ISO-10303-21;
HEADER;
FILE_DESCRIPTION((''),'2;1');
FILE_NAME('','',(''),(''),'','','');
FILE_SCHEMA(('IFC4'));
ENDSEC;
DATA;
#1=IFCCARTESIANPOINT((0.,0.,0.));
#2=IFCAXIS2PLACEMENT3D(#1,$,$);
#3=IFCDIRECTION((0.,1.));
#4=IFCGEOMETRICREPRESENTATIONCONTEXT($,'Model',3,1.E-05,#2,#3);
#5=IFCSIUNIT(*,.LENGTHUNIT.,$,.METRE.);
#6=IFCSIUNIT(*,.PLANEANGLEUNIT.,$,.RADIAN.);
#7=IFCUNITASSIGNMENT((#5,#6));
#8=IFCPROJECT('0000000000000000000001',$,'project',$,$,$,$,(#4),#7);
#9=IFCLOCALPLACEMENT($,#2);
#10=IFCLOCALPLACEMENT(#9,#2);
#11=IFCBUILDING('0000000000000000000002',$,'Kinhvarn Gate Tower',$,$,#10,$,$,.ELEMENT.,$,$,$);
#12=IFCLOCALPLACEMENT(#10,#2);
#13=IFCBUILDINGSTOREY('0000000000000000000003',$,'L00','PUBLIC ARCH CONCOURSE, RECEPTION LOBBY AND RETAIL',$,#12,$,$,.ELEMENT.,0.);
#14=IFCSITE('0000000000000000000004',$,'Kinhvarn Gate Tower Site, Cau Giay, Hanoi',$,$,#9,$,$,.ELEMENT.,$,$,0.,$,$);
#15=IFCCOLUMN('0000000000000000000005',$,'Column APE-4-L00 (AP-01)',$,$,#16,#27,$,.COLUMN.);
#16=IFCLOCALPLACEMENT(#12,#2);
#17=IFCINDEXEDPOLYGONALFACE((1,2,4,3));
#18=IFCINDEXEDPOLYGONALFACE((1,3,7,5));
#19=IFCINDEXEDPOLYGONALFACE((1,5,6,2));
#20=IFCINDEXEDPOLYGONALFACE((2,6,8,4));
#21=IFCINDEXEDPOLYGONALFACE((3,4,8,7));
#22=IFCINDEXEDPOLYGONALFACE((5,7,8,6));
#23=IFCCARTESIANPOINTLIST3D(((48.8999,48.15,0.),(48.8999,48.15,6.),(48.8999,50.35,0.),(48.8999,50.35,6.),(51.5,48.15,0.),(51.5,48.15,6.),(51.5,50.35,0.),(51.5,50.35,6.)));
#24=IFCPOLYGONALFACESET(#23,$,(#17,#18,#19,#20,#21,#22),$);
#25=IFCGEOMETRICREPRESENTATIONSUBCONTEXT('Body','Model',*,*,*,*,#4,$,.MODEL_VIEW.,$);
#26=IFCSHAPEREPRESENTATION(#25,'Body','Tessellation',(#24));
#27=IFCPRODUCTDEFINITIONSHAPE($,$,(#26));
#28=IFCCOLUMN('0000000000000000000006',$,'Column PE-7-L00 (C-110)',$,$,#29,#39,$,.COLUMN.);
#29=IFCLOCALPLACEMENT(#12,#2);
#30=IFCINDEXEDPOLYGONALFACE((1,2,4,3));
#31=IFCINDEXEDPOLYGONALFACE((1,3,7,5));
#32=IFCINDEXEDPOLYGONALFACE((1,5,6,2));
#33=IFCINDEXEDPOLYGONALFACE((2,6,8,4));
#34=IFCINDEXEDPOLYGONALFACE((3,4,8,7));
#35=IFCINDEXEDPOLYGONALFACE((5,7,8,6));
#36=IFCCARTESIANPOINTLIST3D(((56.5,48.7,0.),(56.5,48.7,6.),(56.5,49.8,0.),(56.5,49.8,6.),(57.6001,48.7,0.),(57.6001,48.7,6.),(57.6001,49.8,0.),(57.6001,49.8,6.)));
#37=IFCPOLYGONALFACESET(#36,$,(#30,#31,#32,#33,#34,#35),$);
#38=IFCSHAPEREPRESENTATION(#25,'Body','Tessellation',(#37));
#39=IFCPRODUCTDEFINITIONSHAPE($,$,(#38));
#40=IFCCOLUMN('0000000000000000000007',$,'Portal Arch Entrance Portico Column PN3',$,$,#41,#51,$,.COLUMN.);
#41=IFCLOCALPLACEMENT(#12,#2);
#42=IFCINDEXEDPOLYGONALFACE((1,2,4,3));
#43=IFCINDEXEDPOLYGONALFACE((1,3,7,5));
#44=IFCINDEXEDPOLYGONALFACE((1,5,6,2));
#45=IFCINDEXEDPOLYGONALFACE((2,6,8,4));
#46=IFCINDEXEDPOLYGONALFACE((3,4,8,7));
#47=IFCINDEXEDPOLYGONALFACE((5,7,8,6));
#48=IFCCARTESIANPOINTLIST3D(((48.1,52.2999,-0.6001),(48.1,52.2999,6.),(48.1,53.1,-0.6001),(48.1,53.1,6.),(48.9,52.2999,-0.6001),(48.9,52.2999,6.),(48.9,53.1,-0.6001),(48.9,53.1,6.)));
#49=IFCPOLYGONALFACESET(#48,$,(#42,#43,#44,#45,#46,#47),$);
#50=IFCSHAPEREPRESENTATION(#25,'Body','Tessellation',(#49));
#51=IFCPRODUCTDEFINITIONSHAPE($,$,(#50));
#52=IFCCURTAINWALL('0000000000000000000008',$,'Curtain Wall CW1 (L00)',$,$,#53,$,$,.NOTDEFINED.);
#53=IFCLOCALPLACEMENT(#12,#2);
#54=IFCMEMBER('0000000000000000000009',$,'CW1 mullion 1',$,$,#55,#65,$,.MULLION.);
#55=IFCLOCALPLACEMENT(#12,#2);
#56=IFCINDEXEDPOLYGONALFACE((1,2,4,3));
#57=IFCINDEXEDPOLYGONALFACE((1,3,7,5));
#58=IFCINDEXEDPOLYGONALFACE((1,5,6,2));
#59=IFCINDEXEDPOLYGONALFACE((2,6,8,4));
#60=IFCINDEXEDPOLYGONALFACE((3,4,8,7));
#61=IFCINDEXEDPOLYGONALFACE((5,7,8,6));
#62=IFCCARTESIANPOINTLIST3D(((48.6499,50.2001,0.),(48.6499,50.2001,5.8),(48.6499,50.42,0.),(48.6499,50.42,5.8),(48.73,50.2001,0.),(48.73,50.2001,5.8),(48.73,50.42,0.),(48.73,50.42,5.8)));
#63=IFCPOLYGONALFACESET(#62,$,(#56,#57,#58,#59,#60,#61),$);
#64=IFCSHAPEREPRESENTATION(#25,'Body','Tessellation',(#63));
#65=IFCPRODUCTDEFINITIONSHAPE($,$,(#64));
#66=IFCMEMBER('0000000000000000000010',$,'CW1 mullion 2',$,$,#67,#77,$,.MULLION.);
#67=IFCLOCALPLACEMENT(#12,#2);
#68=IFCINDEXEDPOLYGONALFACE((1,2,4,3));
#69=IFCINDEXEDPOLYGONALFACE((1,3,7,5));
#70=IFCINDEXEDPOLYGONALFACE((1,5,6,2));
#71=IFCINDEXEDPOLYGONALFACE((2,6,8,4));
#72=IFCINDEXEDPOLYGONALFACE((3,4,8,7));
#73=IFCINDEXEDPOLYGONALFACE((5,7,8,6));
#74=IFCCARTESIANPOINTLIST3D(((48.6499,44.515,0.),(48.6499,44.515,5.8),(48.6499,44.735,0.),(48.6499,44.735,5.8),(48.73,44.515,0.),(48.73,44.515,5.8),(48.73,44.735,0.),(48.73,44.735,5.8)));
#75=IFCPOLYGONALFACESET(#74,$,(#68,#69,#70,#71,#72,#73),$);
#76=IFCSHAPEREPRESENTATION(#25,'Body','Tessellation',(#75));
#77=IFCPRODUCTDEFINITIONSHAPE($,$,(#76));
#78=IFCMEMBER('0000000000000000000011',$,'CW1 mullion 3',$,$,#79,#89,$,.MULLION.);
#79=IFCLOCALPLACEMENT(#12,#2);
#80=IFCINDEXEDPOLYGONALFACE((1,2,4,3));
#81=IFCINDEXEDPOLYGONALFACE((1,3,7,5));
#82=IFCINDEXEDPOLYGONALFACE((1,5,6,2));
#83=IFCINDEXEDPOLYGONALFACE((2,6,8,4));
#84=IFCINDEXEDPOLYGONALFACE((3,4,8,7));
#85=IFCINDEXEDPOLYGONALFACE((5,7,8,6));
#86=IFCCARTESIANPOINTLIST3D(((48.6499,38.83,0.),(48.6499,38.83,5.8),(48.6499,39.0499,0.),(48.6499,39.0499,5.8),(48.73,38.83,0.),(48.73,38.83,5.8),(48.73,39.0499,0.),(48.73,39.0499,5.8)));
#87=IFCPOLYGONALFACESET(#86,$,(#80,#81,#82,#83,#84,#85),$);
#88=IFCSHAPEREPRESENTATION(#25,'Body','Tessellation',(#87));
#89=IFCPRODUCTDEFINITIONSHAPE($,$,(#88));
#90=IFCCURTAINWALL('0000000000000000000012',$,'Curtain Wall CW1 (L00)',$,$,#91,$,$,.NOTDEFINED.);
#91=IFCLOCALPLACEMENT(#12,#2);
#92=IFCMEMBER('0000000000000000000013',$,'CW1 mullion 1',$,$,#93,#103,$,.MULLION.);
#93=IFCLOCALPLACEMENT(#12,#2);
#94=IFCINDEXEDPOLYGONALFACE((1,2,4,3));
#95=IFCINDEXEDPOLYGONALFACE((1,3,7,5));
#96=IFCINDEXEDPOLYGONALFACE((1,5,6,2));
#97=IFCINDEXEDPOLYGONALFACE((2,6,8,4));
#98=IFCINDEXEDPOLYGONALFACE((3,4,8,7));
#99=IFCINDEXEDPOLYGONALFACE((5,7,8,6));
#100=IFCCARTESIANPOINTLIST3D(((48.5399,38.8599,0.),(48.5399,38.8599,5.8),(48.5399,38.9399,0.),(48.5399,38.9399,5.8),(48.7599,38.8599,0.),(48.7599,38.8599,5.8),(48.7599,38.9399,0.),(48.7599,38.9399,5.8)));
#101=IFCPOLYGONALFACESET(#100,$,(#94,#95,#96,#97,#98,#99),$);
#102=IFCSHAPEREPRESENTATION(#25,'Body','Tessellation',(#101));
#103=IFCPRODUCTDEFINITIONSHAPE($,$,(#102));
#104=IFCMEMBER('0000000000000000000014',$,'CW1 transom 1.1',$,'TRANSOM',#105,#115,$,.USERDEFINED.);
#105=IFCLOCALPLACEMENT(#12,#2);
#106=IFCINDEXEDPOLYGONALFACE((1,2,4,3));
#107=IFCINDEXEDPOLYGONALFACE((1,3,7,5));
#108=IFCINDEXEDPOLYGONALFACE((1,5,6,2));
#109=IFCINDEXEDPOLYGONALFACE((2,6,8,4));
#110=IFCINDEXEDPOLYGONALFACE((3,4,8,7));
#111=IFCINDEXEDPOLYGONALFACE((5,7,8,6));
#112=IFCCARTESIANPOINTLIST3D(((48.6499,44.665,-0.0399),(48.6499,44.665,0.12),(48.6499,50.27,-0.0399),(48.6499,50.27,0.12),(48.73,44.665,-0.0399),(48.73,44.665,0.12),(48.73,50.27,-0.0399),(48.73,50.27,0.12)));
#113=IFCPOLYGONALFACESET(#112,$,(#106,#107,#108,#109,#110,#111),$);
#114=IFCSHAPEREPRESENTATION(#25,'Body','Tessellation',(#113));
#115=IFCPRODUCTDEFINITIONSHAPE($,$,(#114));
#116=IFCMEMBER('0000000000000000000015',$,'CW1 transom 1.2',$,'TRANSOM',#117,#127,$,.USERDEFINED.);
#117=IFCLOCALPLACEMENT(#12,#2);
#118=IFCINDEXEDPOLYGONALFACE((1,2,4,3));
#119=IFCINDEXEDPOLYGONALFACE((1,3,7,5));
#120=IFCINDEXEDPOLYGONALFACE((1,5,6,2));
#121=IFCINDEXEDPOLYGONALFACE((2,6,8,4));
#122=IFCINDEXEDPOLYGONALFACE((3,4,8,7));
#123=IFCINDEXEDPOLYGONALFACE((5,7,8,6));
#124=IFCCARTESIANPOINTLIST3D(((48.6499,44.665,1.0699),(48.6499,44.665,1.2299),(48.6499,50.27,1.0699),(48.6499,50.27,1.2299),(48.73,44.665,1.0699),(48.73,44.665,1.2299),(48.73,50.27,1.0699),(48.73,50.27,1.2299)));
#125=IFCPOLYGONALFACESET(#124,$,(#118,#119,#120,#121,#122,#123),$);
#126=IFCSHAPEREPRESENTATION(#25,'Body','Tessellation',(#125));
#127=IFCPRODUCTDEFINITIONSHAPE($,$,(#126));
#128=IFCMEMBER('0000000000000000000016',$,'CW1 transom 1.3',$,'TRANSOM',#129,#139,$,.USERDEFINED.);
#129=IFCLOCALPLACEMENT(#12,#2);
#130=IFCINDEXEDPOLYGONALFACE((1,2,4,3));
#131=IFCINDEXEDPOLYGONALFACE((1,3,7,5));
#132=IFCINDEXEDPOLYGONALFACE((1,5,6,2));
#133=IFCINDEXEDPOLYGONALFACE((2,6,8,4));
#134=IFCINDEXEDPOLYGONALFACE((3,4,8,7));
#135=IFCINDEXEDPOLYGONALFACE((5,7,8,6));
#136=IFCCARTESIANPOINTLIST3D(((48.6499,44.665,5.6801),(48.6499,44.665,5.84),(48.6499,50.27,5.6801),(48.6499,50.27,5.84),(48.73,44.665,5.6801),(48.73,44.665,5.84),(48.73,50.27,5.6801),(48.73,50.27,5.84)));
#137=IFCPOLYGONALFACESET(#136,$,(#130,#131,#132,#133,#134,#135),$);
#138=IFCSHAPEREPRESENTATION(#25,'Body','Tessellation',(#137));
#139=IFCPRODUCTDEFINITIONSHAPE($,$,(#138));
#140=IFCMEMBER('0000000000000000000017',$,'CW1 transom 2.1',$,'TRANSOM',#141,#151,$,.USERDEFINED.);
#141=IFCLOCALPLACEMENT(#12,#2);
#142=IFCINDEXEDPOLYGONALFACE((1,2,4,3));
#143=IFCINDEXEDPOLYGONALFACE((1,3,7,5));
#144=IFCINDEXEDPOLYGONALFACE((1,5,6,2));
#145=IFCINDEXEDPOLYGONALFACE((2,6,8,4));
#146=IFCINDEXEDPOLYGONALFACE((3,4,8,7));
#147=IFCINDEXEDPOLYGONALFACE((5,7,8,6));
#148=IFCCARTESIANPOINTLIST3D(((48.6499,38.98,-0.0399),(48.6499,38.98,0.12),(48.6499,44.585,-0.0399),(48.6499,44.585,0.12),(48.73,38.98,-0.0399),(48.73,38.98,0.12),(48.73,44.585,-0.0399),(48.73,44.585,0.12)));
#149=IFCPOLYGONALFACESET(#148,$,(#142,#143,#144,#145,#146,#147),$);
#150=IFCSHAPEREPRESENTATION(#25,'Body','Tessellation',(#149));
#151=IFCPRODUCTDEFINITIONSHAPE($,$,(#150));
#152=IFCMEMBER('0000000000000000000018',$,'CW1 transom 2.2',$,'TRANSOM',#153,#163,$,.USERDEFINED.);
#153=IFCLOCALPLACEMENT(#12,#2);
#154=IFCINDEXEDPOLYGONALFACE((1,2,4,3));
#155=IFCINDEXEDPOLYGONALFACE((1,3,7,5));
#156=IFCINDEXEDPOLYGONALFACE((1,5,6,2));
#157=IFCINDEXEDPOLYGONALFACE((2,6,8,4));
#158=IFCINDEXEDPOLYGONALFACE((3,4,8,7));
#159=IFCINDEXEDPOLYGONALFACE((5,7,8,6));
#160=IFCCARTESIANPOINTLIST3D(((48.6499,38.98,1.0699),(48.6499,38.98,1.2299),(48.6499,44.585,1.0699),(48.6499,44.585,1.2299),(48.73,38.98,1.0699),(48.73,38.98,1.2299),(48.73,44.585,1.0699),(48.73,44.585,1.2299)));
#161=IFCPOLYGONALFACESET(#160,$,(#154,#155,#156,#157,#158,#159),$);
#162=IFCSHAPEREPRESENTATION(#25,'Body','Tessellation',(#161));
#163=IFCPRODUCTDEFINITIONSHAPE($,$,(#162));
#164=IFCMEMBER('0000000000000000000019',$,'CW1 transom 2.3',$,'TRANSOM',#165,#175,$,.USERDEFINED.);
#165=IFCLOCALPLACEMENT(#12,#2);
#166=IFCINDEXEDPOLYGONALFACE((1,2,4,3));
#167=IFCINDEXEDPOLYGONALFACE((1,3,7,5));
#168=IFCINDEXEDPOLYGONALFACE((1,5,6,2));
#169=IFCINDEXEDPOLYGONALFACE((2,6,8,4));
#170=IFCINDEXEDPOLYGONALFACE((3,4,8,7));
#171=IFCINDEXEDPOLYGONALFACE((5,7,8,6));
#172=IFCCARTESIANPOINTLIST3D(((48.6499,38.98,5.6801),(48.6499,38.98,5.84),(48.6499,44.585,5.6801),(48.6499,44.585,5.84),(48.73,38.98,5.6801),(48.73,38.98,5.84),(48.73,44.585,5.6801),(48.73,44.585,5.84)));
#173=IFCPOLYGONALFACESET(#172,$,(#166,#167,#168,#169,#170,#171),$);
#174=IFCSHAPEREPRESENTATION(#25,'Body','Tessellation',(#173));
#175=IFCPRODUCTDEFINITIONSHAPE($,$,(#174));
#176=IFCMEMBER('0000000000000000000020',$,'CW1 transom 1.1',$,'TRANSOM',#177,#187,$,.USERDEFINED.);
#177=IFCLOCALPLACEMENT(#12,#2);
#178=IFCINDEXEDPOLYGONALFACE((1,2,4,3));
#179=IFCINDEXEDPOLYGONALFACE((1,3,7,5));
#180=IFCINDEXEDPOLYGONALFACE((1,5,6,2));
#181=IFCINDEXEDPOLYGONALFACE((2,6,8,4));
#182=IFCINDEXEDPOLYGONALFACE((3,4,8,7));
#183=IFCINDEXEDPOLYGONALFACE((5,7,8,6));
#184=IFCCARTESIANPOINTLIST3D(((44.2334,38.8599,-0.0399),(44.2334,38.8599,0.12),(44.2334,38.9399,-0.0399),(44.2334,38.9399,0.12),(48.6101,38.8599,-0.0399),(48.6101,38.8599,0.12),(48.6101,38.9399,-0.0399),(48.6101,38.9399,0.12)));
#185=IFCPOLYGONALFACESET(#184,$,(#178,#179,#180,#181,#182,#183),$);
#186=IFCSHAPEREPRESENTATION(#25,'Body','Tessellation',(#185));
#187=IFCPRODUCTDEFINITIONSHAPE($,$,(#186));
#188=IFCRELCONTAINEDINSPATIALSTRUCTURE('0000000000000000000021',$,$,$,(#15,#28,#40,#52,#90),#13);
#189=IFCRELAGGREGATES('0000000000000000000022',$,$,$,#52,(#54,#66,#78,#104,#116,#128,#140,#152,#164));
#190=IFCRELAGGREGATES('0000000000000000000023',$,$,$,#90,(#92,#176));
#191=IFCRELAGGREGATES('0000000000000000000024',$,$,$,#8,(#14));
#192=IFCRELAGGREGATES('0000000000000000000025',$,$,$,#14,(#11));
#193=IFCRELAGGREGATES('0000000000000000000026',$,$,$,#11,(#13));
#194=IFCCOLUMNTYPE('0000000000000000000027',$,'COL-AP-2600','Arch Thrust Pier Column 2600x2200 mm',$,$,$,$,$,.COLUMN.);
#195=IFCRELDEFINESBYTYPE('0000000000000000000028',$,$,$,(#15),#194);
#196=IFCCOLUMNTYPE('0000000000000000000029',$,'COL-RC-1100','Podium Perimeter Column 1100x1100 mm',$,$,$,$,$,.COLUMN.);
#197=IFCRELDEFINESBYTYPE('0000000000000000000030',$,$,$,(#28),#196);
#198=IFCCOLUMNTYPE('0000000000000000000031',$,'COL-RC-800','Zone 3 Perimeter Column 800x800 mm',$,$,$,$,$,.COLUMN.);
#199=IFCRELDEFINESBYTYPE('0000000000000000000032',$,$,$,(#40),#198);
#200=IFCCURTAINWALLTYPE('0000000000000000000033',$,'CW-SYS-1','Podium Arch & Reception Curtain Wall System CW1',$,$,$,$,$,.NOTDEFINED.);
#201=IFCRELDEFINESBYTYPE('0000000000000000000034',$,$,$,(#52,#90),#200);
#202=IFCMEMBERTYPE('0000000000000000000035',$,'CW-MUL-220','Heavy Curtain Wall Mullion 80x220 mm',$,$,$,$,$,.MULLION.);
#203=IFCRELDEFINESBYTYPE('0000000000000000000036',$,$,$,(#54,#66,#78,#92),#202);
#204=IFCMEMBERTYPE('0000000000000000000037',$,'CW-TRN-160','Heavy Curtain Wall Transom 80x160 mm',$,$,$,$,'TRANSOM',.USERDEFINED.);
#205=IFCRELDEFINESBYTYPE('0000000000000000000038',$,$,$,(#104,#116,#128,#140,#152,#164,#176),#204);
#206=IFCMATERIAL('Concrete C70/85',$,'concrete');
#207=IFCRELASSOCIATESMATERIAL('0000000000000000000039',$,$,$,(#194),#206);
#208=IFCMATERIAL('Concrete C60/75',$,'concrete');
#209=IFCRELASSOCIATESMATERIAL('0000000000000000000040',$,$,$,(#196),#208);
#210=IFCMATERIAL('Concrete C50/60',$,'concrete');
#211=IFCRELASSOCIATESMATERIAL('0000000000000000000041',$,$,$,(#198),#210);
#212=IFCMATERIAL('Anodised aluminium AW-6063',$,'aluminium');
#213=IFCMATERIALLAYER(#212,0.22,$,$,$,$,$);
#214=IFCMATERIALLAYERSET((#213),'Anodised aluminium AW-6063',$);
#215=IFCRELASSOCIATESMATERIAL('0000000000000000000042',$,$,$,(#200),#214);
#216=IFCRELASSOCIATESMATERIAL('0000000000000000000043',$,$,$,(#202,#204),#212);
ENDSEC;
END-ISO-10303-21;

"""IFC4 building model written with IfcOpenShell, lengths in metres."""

from ifc_helpers import new_model, si_unit, direction, frame, origin, origin_2d, place, context, subcontext, project, spatial, rectangle, extrude, material, layer, layer_set, material_profile, profile_set, type_object, element, aggregate, save


model = new_model("IFC4")

# Units and contexts
model_context = context("Model", 3, precision=1e-05, world=origin(), true_north=direction((0.0, 1.0)))
body_context = subcontext(model_context, "Body", "Model", "MODEL_VIEW")
ifc_project = project(units=[si_unit("LENGTHUNIT", "METRE"), si_unit("PLANEANGLEUNIT", "RADIAN")], contexts=[model_context])

# Site, building, storey
site_placement = place(None, origin())
site = spatial("IfcSite", under=ifc_project, at=site_placement, Name="Kinhvarn Gate Tower Site, Cau Giay, Hanoi", CompositionType="ELEMENT", RefElevation=0.0)
building_placement = place(site_placement, origin())
building = spatial("IfcBuilding", under=site, at=building_placement, Name="Kinhvarn Gate Tower", CompositionType="ELEMENT")
storey_placement = place(building_placement, origin())
storey = spatial("IfcBuildingStorey", under=building, at=storey_placement, Name="L00", Description="PUBLIC ARCH CONCOURSE, RECEPTION LOBBY AND RETAIL", CompositionType="ELEMENT", Elevation=0.0)

# Columns
ifc_material_1 = material(Name="Concrete C70/85", Category="concrete")
ifc_material_profile_1 = material_profile(ifc_material_1, rectangle(XDim=2.6001, YDim=2.2, at=origin_2d()), Name="RC 2600x2200")
ifc_profile_set_1 = profile_set([ifc_material_profile_1], Name="Concrete C70/85")
column_type_1 = type_object("IfcColumnType", Name="COL-AP-2600", Description="Arch Thrust Pier Column 2600x2200 mm", PredefinedType="COLUMN", material=ifc_profile_set_1)
column_1_placement = place(storey_placement, frame((50.2, 49.25, 0.0), z_axis=(0.0, 0.0, 1.0), x_axis=(1.0, 0.0, 0.0)))
element("IfcColumn", 1, at=column_1_placement, inside=storey, type_object=column_type_1, Name="Column APE-4-L00 (AP-01)", PredefinedType="COLUMN", context=body_context, shape_type="SweptSolid", body=[
    extrude(rectangle(XDim=2.6001, YDim=2.2, at=origin_2d()), origin(), (0.0, 0.0, 1.0), 6.0),
])
ifc_material_2 = material(Name="Concrete C60/75", Category="concrete")
ifc_material_profile_2 = material_profile(ifc_material_2, rectangle(XDim=1.1001, YDim=1.1001, at=origin_2d()), Name="RC 1100x1100")
ifc_profile_set_2 = profile_set([ifc_material_profile_2], Name="Concrete C60/75")
column_type_2 = type_object("IfcColumnType", Name="COL-RC-1100", Description="Podium Perimeter Column 1100x1100 mm", PredefinedType="COLUMN", material=ifc_profile_set_2)
column_2_placement = place(storey_placement, frame((57.05, 49.25, 0.0), z_axis=(0.0, 0.0, 1.0), x_axis=(1.0, 0.0, 0.0)))
element("IfcColumn", 2, at=column_2_placement, inside=storey, type_object=column_type_2, Name="Column PE-7-L00 (C-110)", PredefinedType="COLUMN", context=body_context, shape_type="SweptSolid", body=[
    extrude(rectangle(XDim=1.1001, YDim=1.1001, at=origin_2d()), origin(), (0.0, 0.0, 1.0), 6.0),
])
ifc_material_3 = material(Name="Concrete C50/60", Category="concrete")
ifc_material_profile_3 = material_profile(ifc_material_3, rectangle(XDim=0.8, YDim=0.8, at=origin_2d()), Name="RC 800x800")
ifc_profile_set_3 = profile_set([ifc_material_profile_3], Name="Concrete C50/60")
column_type_3 = type_object("IfcColumnType", Name="COL-RC-800", Description="Zone 3 Perimeter Column 800x800 mm", PredefinedType="COLUMN", material=ifc_profile_set_3)
column_3_placement = place(storey_placement, frame((48.5, 52.7, -0.6001), z_axis=(0.0, 0.0, 1.0), x_axis=(1.0, 0.0, 0.0)))
element("IfcColumn", 3, at=column_3_placement, inside=storey, type_object=column_type_3, Name="Portal Arch Entrance Portico Column PN3", PredefinedType="COLUMN", context=body_context, shape_type="SweptSolid", body=[
    extrude(rectangle(XDim=0.8, YDim=0.8, at=origin_2d()), origin(), (0.0, 0.0, 1.0), 6.6001),
])

# Curtain wall, members
ifc_material_4 = material(Name="Anodised aluminium AW-6063", Category="aluminium")
ifc_layer_1 = layer(ifc_material_4, 0.22)
ifc_layer_set_1 = layer_set([ifc_layer_1], Name="Anodised aluminium AW-6063")
curtain_wall_type = type_object("IfcCurtainWallType", Name="CW-SYS-1", Description="Podium Arch & Reception Curtain Wall System CW1", PredefinedType="NOTDEFINED", material=ifc_layer_set_1)
curtain_wall_1_placement = place(storey_placement, origin())
curtain_wall_1 = element("IfcCurtainWall", 4, at=curtain_wall_1_placement, inside=storey, type_object=curtain_wall_type, Name="Curtain Wall CW1 (L00)", PredefinedType="NOTDEFINED")
ifc_material_profile_4 = material_profile(ifc_material_4, rectangle(XDim=0.0801, YDim=0.22, at=origin_2d()), Name="ALU 80x220")
ifc_profile_set_4 = profile_set([ifc_material_profile_4], Name="Anodised aluminium AW-6063")
member_type_1 = type_object("IfcMemberType", Name="CW-MUL-220", Description="Heavy Curtain Wall Mullion 80x220 mm", PredefinedType="MULLION", material=ifc_profile_set_4)
member_1_placement = place(storey_placement, frame((48.6899, 50.3101, 0.0), z_axis=(0.0, 0.0, 1.0), x_axis=(1.0, 0.0, 0.0)))
member_1 = element("IfcMember", 5, at=member_1_placement, type_object=member_type_1, Name="CW1 mullion 1", PredefinedType="MULLION", context=body_context, shape_type="SweptSolid", body=[
    extrude(rectangle(XDim=0.0801, YDim=0.22, at=origin_2d()), origin(), (0.0, 0.0, 1.0), 5.8),
])
member_2_placement = place(storey_placement, frame((48.6899, 44.625, 0.0), z_axis=(0.0, 0.0, 1.0), x_axis=(1.0, 0.0, 0.0)))
member_2 = element("IfcMember", 6, at=member_2_placement, type_object=member_type_1, Name="CW1 mullion 2", PredefinedType="MULLION", context=body_context, shape_type="SweptSolid", body=[
    extrude(rectangle(XDim=0.0801, YDim=0.22, at=origin_2d()), origin(), (0.0, 0.0, 1.0), 5.8),
])
member_3_placement = place(storey_placement, frame((48.6899, 38.9399, 0.0), z_axis=(0.0, 0.0, 1.0), x_axis=(1.0, 0.0, 0.0)))
member_3 = element("IfcMember", 7, at=member_3_placement, type_object=member_type_1, Name="CW1 mullion 3", PredefinedType="MULLION", context=body_context, shape_type="SweptSolid", body=[
    extrude(rectangle(XDim=0.0801, YDim=0.22, at=origin_2d()), origin(), (0.0, 0.0, 1.0), 5.8),
])

# Curtain wall, member
curtain_wall_2_placement = place(storey_placement, origin())
curtain_wall_2 = element("IfcCurtainWall", 8, at=curtain_wall_2_placement, inside=storey, type_object=curtain_wall_type, Name="Curtain Wall CW1 (L00)", PredefinedType="NOTDEFINED")
member_4_placement = place(storey_placement, frame((48.6499, 38.8999, 0.0), z_axis=(0.0, 0.0, 1.0), x_axis=(0.0, -1.0, 0.0)))
member_4 = element("IfcMember", 9, at=member_4_placement, type_object=member_type_1, Name="CW1 mullion 1", PredefinedType="MULLION", context=body_context, shape_type="SweptSolid", body=[
    extrude(rectangle(XDim=0.0801, YDim=0.22, at=origin_2d()), origin(), (0.0, 0.0, 1.0), 5.8),
])

# Members
ifc_material_profile_5 = material_profile(ifc_material_4, rectangle(XDim=0.0801, YDim=0.1599, at=origin_2d()), Name="ALU 80x160")
ifc_profile_set_5 = profile_set([ifc_material_profile_5], Name="Anodised aluminium AW-6063")
member_type_2 = type_object("IfcMemberType", Name="CW-TRN-160", Description="Heavy Curtain Wall Transom 80x160 mm", ElementType="TRANSOM", PredefinedType="USERDEFINED", material=ifc_profile_set_5)
member_5_placement = place(storey_placement, frame((48.6899, 50.27, 0.04), z_axis=(0.0, -1.0, 0.0), x_axis=(1.0, 0.0, 0.0)))
member_5 = element("IfcMember", 10, at=member_5_placement, type_object=member_type_2, Name="CW1 transom 1.1", ObjectType="TRANSOM", PredefinedType="USERDEFINED", context=body_context, shape_type="SweptSolid", body=[
    extrude(rectangle(XDim=0.0801, YDim=0.1599, at=origin_2d()), origin(), (0.0, 0.0, 1.0), 5.605),
])
member_6_placement = place(storey_placement, frame((48.6899, 50.27, 1.1499), z_axis=(0.0, -1.0, 0.0), x_axis=(1.0, 0.0, 0.0)))
member_6 = element("IfcMember", 11, at=member_6_placement, type_object=member_type_2, Name="CW1 transom 1.2", ObjectType="TRANSOM", PredefinedType="USERDEFINED", context=body_context, shape_type="SweptSolid", body=[
    extrude(rectangle(XDim=0.0801, YDim=0.1599, at=origin_2d()), origin(), (0.0, 0.0, 1.0), 5.605),
])
member_7_placement = place(storey_placement, frame((48.6899, 50.27, 5.76), z_axis=(0.0, -1.0, 0.0), x_axis=(1.0, 0.0, 0.0)))
member_7 = element("IfcMember", 12, at=member_7_placement, type_object=member_type_2, Name="CW1 transom 1.3", ObjectType="TRANSOM", PredefinedType="USERDEFINED", context=body_context, shape_type="SweptSolid", body=[
    extrude(rectangle(XDim=0.0801, YDim=0.1599, at=origin_2d()), origin(), (0.0, 0.0, 1.0), 5.605),
])
member_8_placement = place(storey_placement, frame((48.6899, 44.585, 0.04), z_axis=(0.0, -1.0, 0.0), x_axis=(1.0, 0.0, 0.0)))
member_8 = element("IfcMember", 13, at=member_8_placement, type_object=member_type_2, Name="CW1 transom 2.1", ObjectType="TRANSOM", PredefinedType="USERDEFINED", context=body_context, shape_type="SweptSolid", body=[
    extrude(rectangle(XDim=0.0801, YDim=0.1599, at=origin_2d()), origin(), (0.0, 0.0, 1.0), 5.605),
])
member_9_placement = place(storey_placement, frame((48.6899, 44.585, 1.1499), z_axis=(0.0, -1.0, 0.0), x_axis=(1.0, 0.0, 0.0)))
member_9 = element("IfcMember", 14, at=member_9_placement, type_object=member_type_2, Name="CW1 transom 2.2", ObjectType="TRANSOM", PredefinedType="USERDEFINED", context=body_context, shape_type="SweptSolid", body=[
    extrude(rectangle(XDim=0.0801, YDim=0.1599, at=origin_2d()), origin(), (0.0, 0.0, 1.0), 5.605),
])
member_10_placement = place(storey_placement, frame((48.6899, 44.585, 5.76), z_axis=(0.0, -1.0, 0.0), x_axis=(1.0, 0.0, 0.0)))
member_10 = element("IfcMember", 15, at=member_10_placement, type_object=member_type_2, Name="CW1 transom 2.3", ObjectType="TRANSOM", PredefinedType="USERDEFINED", context=body_context, shape_type="SweptSolid", body=[
    extrude(rectangle(XDim=0.0801, YDim=0.1599, at=origin_2d()), origin(), (0.0, 0.0, 1.0), 5.605),
])
member_11_placement = place(storey_placement, frame((48.6101, 38.8999, 0.04), z_axis=(-1.0, 0.0, 0.0), x_axis=(0.0, -1.0, 0.0)))
member_11 = element("IfcMember", 16, at=member_11_placement, type_object=member_type_2, Name="CW1 transom 1.1", ObjectType="TRANSOM", PredefinedType="USERDEFINED", context=body_context, shape_type="SweptSolid", body=[
    extrude(rectangle(XDim=0.0801, YDim=0.1599, at=origin_2d()), origin(), (0.0, 0.0, 1.0), 4.3767),
])

aggregate(curtain_wall_1, [member_1, member_2, member_3, member_5, member_6, member_7, member_8, member_9, member_10])
aggregate(curtain_wall_2, [member_4, member_11])

save(model, "model.ifc")
